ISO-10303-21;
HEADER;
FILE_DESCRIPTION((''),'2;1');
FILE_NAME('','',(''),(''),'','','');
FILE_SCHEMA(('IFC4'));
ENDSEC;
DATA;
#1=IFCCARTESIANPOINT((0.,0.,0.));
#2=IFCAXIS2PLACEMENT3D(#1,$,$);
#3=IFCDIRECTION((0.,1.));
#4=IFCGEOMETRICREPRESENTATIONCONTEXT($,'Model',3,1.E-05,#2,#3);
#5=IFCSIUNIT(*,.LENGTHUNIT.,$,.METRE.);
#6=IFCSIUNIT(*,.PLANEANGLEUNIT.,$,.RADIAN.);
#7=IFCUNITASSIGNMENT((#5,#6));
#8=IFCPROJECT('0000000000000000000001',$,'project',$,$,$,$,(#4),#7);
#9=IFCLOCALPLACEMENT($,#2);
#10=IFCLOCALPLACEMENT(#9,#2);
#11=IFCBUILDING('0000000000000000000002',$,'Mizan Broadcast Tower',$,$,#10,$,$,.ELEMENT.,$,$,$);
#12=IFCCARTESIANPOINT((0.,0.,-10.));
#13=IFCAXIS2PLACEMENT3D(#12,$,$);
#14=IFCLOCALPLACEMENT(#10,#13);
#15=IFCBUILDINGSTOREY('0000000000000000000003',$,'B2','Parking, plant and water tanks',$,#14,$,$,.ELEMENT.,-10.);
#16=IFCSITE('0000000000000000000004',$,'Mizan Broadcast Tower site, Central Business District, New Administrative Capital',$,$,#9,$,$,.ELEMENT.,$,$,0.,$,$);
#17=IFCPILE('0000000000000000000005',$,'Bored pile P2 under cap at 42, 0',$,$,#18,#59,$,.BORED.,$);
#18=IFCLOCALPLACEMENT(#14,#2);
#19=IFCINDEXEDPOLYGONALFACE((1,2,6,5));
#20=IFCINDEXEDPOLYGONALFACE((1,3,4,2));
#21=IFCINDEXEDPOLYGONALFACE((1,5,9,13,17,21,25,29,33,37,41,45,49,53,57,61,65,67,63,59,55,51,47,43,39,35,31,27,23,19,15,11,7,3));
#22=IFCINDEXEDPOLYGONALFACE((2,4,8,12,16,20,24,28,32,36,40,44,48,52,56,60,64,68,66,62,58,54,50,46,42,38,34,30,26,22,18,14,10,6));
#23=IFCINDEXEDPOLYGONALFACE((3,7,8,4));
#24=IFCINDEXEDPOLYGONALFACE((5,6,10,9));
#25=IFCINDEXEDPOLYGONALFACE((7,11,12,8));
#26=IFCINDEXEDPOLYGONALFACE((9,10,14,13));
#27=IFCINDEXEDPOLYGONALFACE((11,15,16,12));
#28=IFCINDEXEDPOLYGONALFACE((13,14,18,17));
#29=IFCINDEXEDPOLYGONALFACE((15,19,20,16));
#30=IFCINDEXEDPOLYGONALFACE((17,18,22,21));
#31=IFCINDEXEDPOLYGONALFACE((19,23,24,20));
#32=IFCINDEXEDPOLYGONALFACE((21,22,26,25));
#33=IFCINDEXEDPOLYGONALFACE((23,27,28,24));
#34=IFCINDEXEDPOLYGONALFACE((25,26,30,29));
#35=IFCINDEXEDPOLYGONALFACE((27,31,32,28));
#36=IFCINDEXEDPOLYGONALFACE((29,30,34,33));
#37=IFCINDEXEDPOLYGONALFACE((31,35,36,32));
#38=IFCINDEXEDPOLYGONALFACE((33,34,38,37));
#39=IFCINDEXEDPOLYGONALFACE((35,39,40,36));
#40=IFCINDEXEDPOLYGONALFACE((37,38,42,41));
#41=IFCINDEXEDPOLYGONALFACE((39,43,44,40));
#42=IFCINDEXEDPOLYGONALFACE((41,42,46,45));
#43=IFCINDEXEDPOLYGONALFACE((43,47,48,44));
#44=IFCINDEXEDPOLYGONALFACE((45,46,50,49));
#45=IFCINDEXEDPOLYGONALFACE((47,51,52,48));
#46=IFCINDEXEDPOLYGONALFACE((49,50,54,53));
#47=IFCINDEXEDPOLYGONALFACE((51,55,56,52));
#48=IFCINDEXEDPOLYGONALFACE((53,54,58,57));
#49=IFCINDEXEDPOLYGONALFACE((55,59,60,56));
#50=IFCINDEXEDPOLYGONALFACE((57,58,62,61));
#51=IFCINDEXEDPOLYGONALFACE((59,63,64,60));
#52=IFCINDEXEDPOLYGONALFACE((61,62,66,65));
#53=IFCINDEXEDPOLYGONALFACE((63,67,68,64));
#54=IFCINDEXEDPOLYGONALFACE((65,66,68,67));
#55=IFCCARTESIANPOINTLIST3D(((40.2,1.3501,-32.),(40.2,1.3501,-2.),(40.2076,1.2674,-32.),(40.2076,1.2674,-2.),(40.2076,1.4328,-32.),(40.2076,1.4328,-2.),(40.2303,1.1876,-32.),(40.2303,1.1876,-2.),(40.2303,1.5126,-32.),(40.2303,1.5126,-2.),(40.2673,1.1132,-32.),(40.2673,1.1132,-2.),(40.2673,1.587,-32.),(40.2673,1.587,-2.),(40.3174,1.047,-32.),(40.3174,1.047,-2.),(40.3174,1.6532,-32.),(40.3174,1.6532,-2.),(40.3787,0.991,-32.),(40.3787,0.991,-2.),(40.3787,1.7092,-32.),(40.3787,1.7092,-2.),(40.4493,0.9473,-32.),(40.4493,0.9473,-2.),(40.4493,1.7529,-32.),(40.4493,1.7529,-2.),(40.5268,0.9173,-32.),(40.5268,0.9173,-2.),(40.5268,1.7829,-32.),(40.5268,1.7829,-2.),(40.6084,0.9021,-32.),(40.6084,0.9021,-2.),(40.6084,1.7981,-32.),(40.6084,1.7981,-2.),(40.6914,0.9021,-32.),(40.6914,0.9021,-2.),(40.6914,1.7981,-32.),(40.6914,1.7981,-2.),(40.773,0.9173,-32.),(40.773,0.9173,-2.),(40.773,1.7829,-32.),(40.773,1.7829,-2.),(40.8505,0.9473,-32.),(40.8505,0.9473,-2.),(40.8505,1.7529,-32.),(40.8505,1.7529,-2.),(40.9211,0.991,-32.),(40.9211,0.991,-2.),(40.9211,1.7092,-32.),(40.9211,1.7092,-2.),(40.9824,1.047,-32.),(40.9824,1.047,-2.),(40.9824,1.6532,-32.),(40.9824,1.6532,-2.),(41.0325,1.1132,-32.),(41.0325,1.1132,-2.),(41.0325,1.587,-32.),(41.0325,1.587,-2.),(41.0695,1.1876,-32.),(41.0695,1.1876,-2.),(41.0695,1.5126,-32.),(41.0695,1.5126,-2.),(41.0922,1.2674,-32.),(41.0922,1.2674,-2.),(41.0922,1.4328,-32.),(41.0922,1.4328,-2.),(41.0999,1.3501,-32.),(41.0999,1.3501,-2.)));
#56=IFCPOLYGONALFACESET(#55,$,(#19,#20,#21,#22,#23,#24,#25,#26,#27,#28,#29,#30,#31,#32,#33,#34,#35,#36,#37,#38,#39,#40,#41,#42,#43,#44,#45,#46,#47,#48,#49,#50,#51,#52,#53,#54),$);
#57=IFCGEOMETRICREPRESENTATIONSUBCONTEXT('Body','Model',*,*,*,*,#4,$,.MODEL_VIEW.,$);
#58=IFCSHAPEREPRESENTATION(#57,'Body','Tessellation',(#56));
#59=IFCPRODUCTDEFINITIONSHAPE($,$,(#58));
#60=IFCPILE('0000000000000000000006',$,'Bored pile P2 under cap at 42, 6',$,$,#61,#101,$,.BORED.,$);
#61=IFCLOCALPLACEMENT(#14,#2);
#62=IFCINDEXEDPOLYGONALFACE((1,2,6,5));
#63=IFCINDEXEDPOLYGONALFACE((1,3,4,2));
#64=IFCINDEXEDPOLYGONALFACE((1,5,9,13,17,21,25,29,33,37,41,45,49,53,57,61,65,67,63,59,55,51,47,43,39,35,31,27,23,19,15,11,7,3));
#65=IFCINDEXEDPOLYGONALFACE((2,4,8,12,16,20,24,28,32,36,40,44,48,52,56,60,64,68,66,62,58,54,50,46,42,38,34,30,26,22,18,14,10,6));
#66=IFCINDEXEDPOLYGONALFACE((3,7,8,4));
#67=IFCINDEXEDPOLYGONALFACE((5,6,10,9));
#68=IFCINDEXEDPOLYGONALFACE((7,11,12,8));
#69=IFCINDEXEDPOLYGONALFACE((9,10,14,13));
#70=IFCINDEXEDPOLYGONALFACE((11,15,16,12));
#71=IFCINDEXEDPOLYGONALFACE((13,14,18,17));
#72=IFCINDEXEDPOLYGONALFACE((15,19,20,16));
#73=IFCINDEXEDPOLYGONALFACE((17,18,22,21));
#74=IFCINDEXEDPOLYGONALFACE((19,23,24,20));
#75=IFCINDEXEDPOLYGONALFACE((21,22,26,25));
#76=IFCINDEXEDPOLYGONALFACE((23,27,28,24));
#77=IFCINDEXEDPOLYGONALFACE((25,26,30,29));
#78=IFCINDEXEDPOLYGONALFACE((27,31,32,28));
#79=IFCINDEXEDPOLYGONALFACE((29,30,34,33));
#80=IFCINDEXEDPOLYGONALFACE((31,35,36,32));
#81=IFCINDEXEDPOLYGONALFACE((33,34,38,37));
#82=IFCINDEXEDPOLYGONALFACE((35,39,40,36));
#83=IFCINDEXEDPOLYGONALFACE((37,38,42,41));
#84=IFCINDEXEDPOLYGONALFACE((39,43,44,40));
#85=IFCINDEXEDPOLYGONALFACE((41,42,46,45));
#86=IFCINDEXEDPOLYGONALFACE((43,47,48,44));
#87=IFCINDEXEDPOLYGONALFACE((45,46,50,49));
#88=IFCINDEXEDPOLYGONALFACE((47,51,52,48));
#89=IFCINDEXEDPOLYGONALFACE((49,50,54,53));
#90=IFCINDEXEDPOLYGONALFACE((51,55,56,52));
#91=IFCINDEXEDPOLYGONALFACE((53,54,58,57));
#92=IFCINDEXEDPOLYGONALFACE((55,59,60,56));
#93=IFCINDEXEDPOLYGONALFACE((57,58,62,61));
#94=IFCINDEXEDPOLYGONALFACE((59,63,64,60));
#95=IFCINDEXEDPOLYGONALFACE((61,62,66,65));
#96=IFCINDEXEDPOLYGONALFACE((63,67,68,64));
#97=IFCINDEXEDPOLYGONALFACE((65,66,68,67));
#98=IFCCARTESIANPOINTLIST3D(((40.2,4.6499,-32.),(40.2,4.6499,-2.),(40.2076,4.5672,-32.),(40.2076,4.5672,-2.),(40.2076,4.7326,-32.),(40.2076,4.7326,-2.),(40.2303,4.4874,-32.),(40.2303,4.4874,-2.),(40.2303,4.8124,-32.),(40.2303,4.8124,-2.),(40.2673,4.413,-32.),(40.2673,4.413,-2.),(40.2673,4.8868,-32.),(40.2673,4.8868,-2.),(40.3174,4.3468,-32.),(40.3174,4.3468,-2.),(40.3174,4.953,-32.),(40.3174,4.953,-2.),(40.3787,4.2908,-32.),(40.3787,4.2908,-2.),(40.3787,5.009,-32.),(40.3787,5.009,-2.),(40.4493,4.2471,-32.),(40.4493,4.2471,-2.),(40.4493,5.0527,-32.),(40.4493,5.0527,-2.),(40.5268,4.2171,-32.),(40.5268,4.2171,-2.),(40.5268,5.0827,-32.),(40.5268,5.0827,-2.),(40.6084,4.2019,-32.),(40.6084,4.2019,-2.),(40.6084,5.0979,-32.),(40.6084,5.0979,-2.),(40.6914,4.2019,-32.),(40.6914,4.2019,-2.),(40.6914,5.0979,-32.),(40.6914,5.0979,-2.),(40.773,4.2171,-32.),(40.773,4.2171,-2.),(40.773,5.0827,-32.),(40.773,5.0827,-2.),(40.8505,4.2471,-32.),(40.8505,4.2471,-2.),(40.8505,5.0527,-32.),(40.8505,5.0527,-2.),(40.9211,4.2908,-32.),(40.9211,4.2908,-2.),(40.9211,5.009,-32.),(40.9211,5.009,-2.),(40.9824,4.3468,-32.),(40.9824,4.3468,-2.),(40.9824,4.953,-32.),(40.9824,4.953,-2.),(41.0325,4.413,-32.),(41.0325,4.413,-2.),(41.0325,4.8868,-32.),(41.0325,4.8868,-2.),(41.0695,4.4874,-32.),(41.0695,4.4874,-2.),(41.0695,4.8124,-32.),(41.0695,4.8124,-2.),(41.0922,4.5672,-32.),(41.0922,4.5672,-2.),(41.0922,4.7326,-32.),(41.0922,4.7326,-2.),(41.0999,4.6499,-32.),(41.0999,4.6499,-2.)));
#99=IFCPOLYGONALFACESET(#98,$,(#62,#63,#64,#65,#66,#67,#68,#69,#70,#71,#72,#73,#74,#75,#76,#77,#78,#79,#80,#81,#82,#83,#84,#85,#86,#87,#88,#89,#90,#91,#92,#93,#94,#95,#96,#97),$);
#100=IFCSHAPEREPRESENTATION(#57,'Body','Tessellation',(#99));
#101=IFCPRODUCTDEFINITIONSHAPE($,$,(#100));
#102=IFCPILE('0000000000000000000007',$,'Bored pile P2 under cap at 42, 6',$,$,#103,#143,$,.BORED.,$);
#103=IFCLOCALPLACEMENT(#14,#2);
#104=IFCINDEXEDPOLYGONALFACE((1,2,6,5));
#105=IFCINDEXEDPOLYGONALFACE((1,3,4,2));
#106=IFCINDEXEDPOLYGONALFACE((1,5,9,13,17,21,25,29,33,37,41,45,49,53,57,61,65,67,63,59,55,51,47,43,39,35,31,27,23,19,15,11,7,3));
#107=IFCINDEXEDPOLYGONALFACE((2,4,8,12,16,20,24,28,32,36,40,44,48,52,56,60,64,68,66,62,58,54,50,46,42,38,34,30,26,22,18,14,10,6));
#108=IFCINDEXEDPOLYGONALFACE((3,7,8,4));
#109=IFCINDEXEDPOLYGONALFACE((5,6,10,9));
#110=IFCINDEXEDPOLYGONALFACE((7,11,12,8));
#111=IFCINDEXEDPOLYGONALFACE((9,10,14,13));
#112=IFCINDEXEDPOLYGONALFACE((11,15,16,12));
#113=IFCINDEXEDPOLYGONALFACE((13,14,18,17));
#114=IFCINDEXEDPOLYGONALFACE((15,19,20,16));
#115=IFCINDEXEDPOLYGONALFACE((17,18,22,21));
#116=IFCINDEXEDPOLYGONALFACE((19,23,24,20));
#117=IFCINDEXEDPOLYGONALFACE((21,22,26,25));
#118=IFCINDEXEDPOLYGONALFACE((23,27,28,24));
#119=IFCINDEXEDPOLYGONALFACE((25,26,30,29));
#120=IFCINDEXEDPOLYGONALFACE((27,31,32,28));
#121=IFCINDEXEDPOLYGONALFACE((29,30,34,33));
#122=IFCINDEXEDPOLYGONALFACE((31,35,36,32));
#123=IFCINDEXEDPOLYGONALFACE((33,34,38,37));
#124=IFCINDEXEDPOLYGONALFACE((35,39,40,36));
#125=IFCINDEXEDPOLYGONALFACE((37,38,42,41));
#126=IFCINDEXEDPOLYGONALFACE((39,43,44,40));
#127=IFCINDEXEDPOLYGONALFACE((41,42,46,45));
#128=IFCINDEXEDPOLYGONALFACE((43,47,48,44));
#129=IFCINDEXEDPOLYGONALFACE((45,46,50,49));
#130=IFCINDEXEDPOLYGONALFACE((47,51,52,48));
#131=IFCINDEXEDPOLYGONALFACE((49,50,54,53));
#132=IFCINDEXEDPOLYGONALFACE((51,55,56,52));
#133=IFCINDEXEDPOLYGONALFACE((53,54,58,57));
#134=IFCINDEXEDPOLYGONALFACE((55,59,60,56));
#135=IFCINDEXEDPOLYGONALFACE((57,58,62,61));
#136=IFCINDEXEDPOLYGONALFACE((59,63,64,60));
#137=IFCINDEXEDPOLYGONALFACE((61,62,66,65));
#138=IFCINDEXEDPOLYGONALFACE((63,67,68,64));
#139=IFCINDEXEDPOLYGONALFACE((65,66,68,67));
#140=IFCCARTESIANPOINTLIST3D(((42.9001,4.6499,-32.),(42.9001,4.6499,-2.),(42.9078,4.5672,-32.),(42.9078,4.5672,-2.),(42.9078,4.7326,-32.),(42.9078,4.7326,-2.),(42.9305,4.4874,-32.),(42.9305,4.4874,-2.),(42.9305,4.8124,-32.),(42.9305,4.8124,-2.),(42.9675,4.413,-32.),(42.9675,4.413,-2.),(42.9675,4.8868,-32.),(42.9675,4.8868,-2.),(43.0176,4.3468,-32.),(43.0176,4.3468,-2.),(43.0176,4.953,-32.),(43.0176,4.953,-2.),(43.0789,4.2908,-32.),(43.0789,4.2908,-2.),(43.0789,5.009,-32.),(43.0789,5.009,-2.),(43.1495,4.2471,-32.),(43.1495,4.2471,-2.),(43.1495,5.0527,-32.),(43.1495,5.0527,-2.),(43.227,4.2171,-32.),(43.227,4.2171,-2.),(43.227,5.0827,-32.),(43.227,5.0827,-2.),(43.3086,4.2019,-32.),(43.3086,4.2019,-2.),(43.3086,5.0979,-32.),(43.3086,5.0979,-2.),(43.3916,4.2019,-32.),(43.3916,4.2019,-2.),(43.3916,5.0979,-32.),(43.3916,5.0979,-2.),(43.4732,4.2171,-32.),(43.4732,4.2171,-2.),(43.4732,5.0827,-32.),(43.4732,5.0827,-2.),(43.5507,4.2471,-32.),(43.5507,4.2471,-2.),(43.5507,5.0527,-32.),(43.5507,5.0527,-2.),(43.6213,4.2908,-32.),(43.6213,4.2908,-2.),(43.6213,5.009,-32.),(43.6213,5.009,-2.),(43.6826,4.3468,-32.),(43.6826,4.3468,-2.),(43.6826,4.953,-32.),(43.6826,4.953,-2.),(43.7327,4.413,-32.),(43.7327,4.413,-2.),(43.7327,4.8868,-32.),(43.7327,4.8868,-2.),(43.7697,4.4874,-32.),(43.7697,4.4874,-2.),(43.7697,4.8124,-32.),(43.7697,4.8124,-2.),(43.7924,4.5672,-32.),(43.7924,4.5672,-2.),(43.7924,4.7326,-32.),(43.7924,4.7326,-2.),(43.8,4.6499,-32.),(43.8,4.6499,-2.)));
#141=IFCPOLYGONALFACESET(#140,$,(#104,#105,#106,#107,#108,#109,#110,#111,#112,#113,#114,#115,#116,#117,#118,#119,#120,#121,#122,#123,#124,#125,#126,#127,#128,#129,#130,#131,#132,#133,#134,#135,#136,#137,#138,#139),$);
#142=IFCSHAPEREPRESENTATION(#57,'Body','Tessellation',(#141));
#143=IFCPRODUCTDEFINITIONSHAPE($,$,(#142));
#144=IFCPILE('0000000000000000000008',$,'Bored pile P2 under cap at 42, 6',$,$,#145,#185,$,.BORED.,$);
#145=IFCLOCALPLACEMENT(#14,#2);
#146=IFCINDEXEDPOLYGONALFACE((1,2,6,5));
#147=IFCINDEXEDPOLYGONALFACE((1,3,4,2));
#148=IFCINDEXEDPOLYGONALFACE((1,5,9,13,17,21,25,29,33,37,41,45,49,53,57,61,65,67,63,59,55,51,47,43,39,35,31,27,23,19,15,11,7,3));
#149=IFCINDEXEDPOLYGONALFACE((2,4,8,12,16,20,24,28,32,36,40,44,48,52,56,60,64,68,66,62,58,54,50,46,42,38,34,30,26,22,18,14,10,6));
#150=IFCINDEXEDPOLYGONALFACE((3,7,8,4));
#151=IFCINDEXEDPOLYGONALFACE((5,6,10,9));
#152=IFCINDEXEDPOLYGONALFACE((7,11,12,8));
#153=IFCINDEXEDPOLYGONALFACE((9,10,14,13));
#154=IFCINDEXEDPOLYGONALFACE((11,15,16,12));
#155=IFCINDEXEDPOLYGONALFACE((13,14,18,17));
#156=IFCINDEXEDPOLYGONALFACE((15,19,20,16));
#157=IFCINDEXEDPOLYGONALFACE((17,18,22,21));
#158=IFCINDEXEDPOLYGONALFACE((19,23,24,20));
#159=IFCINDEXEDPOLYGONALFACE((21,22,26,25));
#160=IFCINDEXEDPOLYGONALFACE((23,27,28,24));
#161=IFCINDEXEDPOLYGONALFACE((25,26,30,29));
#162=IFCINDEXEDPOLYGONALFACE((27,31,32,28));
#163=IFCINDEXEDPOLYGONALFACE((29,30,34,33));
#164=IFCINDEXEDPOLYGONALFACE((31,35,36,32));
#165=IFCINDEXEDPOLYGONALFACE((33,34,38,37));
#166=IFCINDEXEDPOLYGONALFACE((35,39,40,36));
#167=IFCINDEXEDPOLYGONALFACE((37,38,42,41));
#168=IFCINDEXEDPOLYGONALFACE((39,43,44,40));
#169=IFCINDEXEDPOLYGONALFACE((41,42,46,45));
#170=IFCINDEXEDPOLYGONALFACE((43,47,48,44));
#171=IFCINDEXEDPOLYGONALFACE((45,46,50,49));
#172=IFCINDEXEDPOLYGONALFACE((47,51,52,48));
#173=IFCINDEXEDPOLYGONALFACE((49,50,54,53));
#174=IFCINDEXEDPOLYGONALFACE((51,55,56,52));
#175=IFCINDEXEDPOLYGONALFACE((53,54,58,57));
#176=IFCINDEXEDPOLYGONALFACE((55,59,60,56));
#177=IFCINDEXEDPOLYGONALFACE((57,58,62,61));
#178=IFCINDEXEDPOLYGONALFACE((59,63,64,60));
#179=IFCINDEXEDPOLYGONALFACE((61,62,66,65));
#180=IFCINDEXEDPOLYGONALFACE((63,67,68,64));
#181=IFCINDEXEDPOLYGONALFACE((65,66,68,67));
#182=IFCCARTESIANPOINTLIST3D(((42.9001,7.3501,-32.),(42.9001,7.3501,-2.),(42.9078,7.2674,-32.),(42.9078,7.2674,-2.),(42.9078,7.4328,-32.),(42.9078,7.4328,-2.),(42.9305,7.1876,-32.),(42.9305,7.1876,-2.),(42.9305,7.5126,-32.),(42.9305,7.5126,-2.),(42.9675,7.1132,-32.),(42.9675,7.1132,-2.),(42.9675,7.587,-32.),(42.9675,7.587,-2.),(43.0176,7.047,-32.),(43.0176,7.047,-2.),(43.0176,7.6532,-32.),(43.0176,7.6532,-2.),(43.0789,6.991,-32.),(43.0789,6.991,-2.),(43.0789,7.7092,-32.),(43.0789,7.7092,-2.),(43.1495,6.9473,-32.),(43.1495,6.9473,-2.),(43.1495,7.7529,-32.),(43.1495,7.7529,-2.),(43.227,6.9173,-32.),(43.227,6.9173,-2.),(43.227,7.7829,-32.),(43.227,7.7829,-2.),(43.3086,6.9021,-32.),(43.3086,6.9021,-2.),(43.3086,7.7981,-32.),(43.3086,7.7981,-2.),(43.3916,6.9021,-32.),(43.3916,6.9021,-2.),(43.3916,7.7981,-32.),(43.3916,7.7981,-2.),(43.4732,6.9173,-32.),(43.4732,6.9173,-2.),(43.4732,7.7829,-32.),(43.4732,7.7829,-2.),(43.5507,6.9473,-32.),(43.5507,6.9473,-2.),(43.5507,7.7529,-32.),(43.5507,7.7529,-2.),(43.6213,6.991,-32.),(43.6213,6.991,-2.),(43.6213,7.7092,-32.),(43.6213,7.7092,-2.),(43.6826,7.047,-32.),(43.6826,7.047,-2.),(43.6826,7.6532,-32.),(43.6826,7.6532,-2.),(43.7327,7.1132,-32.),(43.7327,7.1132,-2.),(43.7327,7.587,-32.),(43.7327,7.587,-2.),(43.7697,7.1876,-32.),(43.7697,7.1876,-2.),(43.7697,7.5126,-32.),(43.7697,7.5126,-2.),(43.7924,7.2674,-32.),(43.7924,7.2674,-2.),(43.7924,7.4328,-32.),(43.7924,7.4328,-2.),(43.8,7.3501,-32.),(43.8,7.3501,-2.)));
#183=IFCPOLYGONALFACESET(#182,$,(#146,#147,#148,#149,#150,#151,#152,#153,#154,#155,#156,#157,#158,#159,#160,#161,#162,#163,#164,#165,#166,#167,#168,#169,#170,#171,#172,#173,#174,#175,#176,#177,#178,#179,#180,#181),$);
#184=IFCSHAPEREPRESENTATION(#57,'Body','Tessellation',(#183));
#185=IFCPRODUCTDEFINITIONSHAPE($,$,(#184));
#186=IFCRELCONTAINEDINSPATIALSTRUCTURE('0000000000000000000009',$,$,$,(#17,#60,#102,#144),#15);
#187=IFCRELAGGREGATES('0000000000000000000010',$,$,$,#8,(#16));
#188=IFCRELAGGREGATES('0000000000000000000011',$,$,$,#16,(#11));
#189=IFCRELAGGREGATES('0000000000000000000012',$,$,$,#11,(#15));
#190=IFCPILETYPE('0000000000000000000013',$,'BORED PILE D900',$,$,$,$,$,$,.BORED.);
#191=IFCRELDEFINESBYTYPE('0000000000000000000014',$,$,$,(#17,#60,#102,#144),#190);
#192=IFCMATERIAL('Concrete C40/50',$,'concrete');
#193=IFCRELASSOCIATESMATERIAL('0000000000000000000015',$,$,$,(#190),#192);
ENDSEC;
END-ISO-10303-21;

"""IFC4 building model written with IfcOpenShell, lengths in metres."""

from ifc_helpers import new_model, si_unit, direction, frame, origin, origin_2d, place, context, subcontext, project, spatial, circle, extrude, material, material_profile, profile_set, type_object, element, save


model = new_model("IFC4")

# Units and contexts
model_context = context("Model", 3, precision=1e-05, world=origin(), true_north=direction((0.0, 1.0)))
body_context = subcontext(model_context, "Body", "Model", "MODEL_VIEW")
ifc_project = project(units=[si_unit("LENGTHUNIT", "METRE"), si_unit("PLANEANGLEUNIT", "RADIAN")], contexts=[model_context])

# Site, building, storey
site_placement = place(None, origin())
site = spatial("IfcSite", under=ifc_project, at=site_placement, Name="Mizan Broadcast Tower site, Central Business District, New Administrative Capital", CompositionType="ELEMENT", RefElevation=0.0)
building_placement = place(site_placement, origin())
building = spatial("IfcBuilding", under=site, at=building_placement, Name="Mizan Broadcast Tower", CompositionType="ELEMENT")
storey_placement = place(building_placement, frame((0.0, 0.0, -10.0)))
storey = spatial("IfcBuildingStorey", under=building, at=storey_placement, Name="B2", Description="Parking, plant and water tanks", CompositionType="ELEMENT", Elevation=-10.0)

# Piles
ifc_material_1 = material(Name="Concrete C40/50", Category="concrete")
ifc_material_profile_1 = material_profile(ifc_material_1, circle(Radius=0.45, at=origin_2d()), Name="D900")
ifc_profile_set_1 = profile_set([ifc_material_profile_1], Name="Concrete C40/50")
pile_type_1 = type_object("IfcPileType", Name="BORED PILE D900", PredefinedType="BORED", material=ifc_profile_set_1)
for number, where, z_axis, x_axis, name in (
    (1, (40.6499, 1.3501, -2.0), (0.0, 0.0, -1.0), (1.0, 0.0, 0.0), "Bored pile P2 under cap at 42, 0"),
    (2, (40.6499, 4.6499, -2.0), (0.0, 0.0, -1.0), (1.0, 0.0, 0.0), "Bored pile P2 under cap at 42, 6"),
    (3, (43.3501, 4.6499, -2.0), (0.0, 0.0, -1.0), (1.0, 0.0, 0.0), "Bored pile P2 under cap at 42, 6"),
    (4, (43.3501, 7.3501, -2.0), (0.0, 0.0, -1.0), (1.0, 0.0, 0.0), "Bored pile P2 under cap at 42, 6"),
):
    element("IfcPile", number, at=place(storey_placement, frame(where, z_axis=z_axis, x_axis=x_axis)), inside=storey, type_object=pile_type_1, Name=name, PredefinedType="BORED", context=body_context, shape_type="SweptSolid", body=[
        extrude(circle(Radius=0.45, at=origin_2d()), origin(), (0.0, 0.0, 1.0), 30.0),
    ])

save(model, "model.ifc")
